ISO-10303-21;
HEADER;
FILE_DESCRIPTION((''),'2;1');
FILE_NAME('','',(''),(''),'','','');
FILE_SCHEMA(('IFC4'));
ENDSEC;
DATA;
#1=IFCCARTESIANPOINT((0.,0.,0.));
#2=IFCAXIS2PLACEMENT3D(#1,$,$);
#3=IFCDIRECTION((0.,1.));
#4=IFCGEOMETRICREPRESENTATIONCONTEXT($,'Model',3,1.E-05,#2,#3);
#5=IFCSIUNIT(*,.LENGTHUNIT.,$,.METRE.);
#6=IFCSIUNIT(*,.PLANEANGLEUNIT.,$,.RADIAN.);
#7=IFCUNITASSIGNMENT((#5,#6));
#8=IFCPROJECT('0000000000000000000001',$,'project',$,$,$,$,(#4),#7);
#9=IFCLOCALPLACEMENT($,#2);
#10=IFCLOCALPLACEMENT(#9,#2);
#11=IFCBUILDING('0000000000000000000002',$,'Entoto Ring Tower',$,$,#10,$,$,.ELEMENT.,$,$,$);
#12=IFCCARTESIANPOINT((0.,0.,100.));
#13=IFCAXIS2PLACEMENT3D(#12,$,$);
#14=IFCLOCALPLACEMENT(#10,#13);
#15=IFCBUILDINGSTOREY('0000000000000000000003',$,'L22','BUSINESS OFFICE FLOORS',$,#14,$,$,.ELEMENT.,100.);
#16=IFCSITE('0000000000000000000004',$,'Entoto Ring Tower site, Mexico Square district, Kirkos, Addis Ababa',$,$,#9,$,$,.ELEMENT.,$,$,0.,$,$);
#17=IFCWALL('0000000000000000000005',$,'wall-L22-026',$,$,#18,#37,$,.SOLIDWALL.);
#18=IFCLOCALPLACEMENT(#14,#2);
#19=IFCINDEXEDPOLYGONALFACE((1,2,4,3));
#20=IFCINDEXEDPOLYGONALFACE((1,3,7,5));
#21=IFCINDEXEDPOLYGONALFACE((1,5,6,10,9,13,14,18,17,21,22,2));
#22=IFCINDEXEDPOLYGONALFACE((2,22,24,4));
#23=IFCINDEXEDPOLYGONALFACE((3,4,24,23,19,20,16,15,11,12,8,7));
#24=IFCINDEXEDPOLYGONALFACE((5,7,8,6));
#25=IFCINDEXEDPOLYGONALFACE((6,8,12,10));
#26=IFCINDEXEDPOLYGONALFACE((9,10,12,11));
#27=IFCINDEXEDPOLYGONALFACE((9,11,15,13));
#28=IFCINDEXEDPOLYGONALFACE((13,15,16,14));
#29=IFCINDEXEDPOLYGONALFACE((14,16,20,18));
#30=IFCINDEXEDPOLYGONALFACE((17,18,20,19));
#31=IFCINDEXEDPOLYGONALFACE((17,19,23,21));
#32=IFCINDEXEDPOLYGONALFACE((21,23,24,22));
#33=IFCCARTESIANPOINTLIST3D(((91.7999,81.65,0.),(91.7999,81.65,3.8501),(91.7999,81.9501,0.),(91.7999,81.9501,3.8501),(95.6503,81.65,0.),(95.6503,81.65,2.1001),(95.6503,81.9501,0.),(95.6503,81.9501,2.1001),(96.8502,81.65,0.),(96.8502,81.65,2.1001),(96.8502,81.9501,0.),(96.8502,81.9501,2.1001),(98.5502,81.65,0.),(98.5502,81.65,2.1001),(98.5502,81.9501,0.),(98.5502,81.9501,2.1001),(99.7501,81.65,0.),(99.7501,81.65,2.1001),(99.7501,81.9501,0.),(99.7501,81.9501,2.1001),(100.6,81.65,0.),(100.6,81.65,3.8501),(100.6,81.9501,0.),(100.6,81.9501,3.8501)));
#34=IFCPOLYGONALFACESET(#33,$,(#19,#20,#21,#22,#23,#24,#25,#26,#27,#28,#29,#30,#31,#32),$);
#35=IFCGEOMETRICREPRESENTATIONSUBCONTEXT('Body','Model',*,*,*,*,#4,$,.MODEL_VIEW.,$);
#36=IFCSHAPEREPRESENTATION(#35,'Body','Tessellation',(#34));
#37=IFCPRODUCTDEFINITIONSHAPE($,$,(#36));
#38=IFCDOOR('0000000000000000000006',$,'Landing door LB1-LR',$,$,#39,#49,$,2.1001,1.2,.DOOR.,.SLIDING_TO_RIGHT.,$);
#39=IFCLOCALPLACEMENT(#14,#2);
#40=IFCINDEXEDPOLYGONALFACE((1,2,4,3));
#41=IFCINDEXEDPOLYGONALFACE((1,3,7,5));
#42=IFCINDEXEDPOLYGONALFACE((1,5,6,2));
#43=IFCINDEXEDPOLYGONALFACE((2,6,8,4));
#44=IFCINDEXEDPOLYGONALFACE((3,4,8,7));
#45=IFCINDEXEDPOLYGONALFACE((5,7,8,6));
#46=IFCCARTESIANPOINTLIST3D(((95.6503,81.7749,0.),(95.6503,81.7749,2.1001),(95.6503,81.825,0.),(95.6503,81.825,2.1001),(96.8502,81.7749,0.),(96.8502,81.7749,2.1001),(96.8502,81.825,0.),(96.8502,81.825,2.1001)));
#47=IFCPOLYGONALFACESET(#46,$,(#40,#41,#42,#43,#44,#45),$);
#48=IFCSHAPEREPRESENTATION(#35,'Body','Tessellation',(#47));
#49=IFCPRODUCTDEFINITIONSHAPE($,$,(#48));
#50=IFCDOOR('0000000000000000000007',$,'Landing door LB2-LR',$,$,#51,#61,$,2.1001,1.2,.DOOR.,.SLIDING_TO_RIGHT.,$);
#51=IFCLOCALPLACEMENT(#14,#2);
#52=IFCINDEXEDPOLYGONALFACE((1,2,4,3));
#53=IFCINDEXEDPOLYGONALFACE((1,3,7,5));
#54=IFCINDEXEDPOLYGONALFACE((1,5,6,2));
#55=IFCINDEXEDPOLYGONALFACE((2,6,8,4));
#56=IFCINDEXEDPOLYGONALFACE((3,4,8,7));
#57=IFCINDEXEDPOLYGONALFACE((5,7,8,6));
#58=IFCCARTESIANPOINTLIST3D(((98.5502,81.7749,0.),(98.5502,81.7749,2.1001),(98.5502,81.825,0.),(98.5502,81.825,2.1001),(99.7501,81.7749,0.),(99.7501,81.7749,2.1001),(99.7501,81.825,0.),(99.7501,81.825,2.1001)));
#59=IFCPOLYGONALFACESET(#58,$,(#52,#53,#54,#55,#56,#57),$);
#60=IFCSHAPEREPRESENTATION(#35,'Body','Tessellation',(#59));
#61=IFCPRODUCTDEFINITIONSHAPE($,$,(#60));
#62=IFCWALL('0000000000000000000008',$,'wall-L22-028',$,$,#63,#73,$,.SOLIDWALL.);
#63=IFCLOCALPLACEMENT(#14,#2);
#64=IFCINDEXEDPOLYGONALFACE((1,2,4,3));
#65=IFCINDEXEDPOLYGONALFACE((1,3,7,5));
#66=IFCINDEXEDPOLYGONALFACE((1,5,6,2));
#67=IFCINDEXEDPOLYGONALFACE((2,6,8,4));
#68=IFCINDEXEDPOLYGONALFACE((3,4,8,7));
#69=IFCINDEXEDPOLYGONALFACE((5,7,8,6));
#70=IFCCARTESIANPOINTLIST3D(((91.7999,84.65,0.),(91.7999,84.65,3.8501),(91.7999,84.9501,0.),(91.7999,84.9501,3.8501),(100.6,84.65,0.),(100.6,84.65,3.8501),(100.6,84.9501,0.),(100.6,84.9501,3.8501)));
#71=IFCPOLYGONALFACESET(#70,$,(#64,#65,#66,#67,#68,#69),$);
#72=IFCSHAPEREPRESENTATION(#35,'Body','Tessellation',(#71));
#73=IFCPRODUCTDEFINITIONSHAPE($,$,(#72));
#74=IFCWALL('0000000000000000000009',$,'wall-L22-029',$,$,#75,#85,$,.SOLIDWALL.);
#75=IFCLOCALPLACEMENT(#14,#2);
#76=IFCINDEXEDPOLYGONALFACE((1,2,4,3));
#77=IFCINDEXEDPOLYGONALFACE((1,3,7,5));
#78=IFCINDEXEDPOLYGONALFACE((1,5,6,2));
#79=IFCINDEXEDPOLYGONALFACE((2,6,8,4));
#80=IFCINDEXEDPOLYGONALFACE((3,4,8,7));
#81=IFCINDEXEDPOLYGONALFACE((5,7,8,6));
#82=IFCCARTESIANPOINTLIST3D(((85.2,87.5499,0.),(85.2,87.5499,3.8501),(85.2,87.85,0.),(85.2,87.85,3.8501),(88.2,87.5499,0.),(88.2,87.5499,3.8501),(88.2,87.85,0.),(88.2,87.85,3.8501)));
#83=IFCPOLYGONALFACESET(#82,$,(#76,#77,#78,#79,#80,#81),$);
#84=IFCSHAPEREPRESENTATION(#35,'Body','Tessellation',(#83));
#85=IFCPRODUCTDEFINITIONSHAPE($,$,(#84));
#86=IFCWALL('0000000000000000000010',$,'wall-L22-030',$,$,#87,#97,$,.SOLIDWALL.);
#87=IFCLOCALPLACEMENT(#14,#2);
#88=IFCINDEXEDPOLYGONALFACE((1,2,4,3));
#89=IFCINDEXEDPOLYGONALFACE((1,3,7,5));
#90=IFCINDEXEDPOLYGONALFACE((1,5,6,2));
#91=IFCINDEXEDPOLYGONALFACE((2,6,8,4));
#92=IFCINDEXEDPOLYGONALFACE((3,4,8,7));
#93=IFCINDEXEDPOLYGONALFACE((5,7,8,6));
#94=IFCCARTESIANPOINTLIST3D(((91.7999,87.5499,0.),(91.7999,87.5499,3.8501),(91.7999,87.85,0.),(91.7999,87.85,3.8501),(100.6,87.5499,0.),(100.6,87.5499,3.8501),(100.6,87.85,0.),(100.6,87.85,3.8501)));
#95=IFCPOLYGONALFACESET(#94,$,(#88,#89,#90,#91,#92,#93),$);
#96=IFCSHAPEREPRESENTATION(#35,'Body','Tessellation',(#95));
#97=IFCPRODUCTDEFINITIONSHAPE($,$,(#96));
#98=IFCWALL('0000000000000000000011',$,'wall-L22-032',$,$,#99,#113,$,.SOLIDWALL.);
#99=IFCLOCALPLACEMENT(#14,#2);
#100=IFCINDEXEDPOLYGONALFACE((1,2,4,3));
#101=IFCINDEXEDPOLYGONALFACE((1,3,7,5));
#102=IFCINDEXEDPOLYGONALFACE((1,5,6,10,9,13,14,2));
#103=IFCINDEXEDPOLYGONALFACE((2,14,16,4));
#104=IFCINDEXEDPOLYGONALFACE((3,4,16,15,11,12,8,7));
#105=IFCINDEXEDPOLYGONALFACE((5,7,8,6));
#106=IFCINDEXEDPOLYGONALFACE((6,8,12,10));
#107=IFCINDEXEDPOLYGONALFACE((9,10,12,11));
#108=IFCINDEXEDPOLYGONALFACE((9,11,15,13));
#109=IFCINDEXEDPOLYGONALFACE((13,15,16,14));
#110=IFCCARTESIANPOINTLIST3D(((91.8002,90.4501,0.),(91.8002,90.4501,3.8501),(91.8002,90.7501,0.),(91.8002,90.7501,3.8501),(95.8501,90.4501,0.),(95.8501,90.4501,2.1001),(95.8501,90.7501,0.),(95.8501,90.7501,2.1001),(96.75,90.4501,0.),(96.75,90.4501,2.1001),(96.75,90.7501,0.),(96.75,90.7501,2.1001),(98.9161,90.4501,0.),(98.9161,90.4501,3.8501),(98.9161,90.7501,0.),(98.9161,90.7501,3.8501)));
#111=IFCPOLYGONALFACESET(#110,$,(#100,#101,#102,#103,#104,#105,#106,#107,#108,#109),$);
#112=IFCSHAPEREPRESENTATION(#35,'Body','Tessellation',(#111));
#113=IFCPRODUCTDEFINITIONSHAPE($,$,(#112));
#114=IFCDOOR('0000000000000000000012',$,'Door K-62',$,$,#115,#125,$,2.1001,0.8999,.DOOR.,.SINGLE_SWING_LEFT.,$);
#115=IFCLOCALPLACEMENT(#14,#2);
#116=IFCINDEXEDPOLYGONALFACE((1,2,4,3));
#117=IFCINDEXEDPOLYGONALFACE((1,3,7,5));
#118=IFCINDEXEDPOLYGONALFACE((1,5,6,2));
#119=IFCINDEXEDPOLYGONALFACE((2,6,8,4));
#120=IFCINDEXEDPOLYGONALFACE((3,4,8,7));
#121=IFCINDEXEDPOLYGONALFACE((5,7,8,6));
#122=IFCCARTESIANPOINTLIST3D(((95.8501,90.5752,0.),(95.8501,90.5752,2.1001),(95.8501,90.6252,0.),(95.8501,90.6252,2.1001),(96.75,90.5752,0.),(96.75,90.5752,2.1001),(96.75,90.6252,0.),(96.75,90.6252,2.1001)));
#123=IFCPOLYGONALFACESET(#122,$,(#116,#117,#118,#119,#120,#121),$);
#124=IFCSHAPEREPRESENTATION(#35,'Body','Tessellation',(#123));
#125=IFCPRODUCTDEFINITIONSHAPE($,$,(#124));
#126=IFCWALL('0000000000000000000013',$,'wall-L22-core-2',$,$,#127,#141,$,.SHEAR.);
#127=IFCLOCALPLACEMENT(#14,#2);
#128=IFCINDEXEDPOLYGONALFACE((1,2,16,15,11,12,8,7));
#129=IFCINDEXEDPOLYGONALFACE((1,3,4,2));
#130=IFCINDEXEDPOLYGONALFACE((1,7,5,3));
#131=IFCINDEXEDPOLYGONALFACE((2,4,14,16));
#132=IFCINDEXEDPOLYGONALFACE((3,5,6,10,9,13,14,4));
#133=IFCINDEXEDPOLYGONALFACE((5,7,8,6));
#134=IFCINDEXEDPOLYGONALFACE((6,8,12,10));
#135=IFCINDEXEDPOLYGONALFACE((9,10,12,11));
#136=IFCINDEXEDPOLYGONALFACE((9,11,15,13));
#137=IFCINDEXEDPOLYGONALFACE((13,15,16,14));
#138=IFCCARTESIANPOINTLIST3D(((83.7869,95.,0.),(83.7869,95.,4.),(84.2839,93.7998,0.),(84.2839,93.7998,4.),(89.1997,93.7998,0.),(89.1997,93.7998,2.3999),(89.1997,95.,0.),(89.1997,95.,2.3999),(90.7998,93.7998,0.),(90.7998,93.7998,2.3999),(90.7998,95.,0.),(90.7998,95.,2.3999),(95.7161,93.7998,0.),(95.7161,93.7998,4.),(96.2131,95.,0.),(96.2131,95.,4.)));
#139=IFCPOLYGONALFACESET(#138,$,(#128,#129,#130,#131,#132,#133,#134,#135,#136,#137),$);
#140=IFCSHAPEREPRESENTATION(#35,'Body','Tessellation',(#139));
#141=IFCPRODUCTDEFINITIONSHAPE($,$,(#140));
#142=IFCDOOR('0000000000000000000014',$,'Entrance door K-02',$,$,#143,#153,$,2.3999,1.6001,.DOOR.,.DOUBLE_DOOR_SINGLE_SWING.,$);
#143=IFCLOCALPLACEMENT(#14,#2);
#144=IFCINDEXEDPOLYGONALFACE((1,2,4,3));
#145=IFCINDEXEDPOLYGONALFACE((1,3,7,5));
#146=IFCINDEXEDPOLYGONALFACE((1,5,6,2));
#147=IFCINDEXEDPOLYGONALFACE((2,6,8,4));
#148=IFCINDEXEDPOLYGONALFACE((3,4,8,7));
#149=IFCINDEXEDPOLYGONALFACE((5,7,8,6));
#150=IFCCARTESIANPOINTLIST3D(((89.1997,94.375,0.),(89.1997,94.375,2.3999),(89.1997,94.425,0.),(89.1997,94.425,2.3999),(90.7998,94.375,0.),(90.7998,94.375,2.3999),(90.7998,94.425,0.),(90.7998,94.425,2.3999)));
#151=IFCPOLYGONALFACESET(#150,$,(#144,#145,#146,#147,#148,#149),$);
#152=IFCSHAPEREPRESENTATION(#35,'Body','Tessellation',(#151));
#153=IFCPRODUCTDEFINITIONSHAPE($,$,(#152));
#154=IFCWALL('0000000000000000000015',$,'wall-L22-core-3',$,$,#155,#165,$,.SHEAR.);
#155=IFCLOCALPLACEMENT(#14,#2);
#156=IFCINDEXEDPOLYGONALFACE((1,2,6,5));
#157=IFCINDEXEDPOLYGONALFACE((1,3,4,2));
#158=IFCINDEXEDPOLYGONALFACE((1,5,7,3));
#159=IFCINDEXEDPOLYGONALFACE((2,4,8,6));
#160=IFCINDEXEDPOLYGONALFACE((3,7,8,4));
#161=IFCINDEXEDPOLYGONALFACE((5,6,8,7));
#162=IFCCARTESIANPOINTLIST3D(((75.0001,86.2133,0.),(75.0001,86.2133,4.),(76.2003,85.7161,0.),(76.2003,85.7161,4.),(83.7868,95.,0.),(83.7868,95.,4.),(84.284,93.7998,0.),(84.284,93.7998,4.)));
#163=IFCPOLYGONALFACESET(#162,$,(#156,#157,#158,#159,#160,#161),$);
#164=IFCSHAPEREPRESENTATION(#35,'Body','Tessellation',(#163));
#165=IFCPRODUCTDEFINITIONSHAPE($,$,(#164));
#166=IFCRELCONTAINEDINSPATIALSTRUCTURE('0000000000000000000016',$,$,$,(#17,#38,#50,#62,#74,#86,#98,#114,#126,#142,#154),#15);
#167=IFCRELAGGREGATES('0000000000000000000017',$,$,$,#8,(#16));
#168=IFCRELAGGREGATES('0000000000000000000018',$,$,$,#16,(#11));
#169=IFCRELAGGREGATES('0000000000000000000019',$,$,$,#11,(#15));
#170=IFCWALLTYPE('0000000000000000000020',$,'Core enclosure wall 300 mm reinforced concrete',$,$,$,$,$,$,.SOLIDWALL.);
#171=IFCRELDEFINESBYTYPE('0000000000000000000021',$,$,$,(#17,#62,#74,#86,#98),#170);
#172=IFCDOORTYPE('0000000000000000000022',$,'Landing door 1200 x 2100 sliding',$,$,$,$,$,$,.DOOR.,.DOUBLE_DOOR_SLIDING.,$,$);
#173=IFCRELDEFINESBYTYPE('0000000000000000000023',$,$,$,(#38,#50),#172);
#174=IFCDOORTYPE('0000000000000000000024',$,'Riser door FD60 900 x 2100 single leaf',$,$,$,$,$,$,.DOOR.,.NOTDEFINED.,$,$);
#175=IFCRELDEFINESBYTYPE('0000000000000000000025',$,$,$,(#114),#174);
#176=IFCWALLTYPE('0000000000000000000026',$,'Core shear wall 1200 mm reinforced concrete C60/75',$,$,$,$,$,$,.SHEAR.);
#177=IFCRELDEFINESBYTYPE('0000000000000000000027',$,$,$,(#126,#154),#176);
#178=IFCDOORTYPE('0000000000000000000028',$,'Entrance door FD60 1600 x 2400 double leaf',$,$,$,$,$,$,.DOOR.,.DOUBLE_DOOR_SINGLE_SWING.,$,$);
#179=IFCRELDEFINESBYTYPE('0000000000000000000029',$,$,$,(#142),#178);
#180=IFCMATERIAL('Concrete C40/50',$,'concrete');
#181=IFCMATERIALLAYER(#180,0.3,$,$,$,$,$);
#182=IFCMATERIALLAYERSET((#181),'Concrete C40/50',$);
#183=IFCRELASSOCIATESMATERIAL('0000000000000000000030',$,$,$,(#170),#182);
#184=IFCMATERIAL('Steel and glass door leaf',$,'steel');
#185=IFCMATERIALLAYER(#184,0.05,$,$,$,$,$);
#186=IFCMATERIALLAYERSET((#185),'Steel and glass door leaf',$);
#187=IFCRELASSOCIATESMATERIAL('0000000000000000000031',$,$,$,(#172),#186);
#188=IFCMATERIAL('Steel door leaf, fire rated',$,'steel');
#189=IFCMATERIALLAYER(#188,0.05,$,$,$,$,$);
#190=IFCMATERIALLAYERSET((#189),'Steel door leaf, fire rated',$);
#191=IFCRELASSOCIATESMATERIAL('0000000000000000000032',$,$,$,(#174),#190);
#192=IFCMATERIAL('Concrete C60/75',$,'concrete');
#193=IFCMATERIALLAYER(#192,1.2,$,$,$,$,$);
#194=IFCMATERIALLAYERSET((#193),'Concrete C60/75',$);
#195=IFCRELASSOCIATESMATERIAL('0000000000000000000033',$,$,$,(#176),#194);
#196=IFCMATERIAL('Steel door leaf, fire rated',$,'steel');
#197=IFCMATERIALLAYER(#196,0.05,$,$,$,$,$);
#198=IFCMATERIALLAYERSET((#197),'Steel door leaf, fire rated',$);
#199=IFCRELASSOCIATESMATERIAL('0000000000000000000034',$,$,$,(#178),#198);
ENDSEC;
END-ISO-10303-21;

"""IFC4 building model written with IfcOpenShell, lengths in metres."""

from ifc_helpers import new_model, si_unit, direction, frame, frame_2d, origin, place, context, subcontext, project, spatial, polyline, rectangle, outline, extrude, material, layer, layer_set, type_object, element, fill, save


model = new_model("IFC4")

# Units and contexts
model_context = context("Model", 3, precision=1e-05, world=origin(), true_north=direction((0.0, 1.0)))
body_context = subcontext(model_context, "Body", "Model", "MODEL_VIEW")
ifc_project = project(units=[si_unit("LENGTHUNIT", "METRE"), si_unit("PLANEANGLEUNIT", "RADIAN")], contexts=[model_context])

# Site, building, storey
site_placement = place(None, origin())
site = spatial("IfcSite", under=ifc_project, at=site_placement, Name="Entoto Ring Tower site, Mexico Square district, Kirkos, Addis Ababa", CompositionType="ELEMENT", RefElevation=0.0)
building_placement = place(site_placement, origin())
building = spatial("IfcBuilding", under=site, at=building_placement, Name="Entoto Ring Tower", CompositionType="ELEMENT")
storey_placement = place(building_placement, frame((0.0, 0.0, 100.0)))
storey = spatial("IfcBuildingStorey", under=building, at=storey_placement, Name="L22", Description="BUSINESS OFFICE FLOORS", CompositionType="ELEMENT", Elevation=100.0)

# Shared definitions
ifc_material_1 = material(Name="Concrete C40/50", Category="concrete")
ifc_layer_1 = layer(ifc_material_1, 0.3)
ifc_layer_set_1 = layer_set([ifc_layer_1], Name="Concrete C40/50")
wall_type_1 = type_object("IfcWallType", Name="Core enclosure wall 300 mm reinforced concrete", PredefinedType="SOLIDWALL", material=ifc_layer_set_1)

# Wall, openings, doors
ifc_material_2 = material(Name="Steel and glass door leaf", Category="steel")
ifc_layer_2 = layer(ifc_material_2, 0.05)
ifc_layer_set_2 = layer_set([ifc_layer_2], Name="Steel and glass door leaf")
door_type_1 = type_object("IfcDoorType", Name="Landing door 1200 x 2100 sliding", OperationType="DOUBLE_DOOR_SLIDING", PredefinedType="DOOR", material=ifc_layer_set_2)
wall_1_placement = place(storey_placement, frame((91.8, 81.8, 0.0), z_axis=(0.0, 0.0, 1.0), x_axis=(1.0, 0.0, 0.0)))
wall_1 = element("IfcWall", 1, at=wall_1_placement, inside=storey, type_object=wall_type_1, Name="wall-L22-026", PredefinedType="SOLIDWALL", context=body_context, shape_type="SweptSolid", body=[
    extrude(rectangle(XDim=8.8, YDim=0.3, at=frame_2d((4.3999, 0.0))), origin(), (0.0, 0.0, 1.0), 3.8501),
])
opening_1_placement = place(wall_1_placement, frame((3.8501, 0.0, 0.0)))
opening_1 = element("IfcOpeningElement", 2, at=opening_1_placement, cuts=wall_1, PredefinedType="OPENING", context=body_context, shape_type="SweptSolid", body=[
    extrude(rectangle(XDim=1.2, YDim=2.1001, at=frame_2d((0.6001, 1.05))), frame((0.0, 0.1602, 0.0), z_axis=(0.0, -1.0, 0.0), x_axis=(1.0, 0.0, 0.0)), (0.0, 0.0, 1.0), 0.3201),
])
opening_2_placement = place(wall_1_placement, frame((6.75, 0.0, 0.0)))
opening_2 = element("IfcOpeningElement", 3, at=opening_2_placement, cuts=wall_1, PredefinedType="OPENING", context=body_context, shape_type="SweptSolid", body=[
    extrude(rectangle(XDim=1.2, YDim=2.1001, at=frame_2d((0.6001, 1.05))), frame((0.0, 0.1602, 0.0), z_axis=(0.0, -1.0, 0.0), x_axis=(1.0, 0.0, 0.0)), (0.0, 0.0, 1.0), 0.3201),
])
door_1_placement = place(opening_1_placement, origin())
door_1 = element("IfcDoor", 4, at=door_1_placement, inside=storey, type_object=door_type_1, Name="Landing door LB1-LR", OperationType="SLIDING_TO_RIGHT", OverallHeight=2.1001, OverallWidth=1.2, PredefinedType="DOOR", context=body_context, shape_type="SweptSolid", body=[
    extrude(rectangle(XDim=1.2, YDim=2.1001, at=frame_2d((0.6001, 1.05))), frame((0.0, 0.0249, 0.0), z_axis=(0.0, -1.0, 0.0), x_axis=(1.0, 0.0, 0.0)), (0.0, 0.0, 1.0), 0.05),
])
fill(opening_1, door_1)
door_2_placement = place(opening_2_placement, origin())
door_2 = element("IfcDoor", 5, at=door_2_placement, inside=storey, type_object=door_type_1, Name="Landing door LB2-LR", OperationType="SLIDING_TO_RIGHT", OverallHeight=2.1001, OverallWidth=1.2, PredefinedType="DOOR", context=body_context, shape_type="SweptSolid", body=[
    extrude(rectangle(XDim=1.2, YDim=2.1001, at=frame_2d((0.6001, 1.05))), frame((0.0, 0.0249, 0.0), z_axis=(0.0, -1.0, 0.0), x_axis=(1.0, 0.0, 0.0)), (0.0, 0.0, 1.0), 0.05),
])
fill(opening_2, door_2)

# Walls
wall_2_placement = place(storey_placement, frame((91.8, 84.8, 0.0), z_axis=(0.0, 0.0, 1.0), x_axis=(1.0, 0.0, 0.0)))
element("IfcWall", 6, at=wall_2_placement, inside=storey, type_object=wall_type_1, Name="wall-L22-028", PredefinedType="SOLIDWALL", context=body_context, shape_type="SweptSolid", body=[
    extrude(rectangle(XDim=8.8, YDim=0.3, at=frame_2d((4.3999, 0.0))), origin(), (0.0, 0.0, 1.0), 3.8501),
])
wall_3_placement = place(storey_placement, frame((85.2, 87.7, 0.0), z_axis=(0.0, 0.0, 1.0), x_axis=(1.0, 0.0, 0.0)))
element("IfcWall", 7, at=wall_3_placement, inside=storey, type_object=wall_type_1, Name="wall-L22-029", PredefinedType="SOLIDWALL", context=body_context, shape_type="SweptSolid", body=[
    extrude(rectangle(XDim=3.0, YDim=0.3, at=frame_2d((1.5, 0.0))), origin(), (0.0, 0.0, 1.0), 3.8501),
])
wall_4_placement = place(storey_placement, frame((91.8, 87.7, 0.0), z_axis=(0.0, 0.0, 1.0), x_axis=(1.0, 0.0, 0.0)))
element("IfcWall", 8, at=wall_4_placement, inside=storey, type_object=wall_type_1, Name="wall-L22-030", PredefinedType="SOLIDWALL", context=body_context, shape_type="SweptSolid", body=[
    extrude(rectangle(XDim=8.8, YDim=0.3, at=frame_2d((4.3999, 0.0))), origin(), (0.0, 0.0, 1.0), 3.8501),
])

# Walls, openings, doors
wall_5_placement = place(storey_placement, frame((91.8, 90.6001, 0.0), z_axis=(0.0, 0.0, 1.0), x_axis=(1.0, 0.0, 0.0)))
wall_5 = element("IfcWall", 9, at=wall_5_placement, inside=storey, type_object=wall_type_1, Name="wall-L22-032", PredefinedType="SOLIDWALL", context=body_context, shape_type="SweptSolid", body=[
    extrude(rectangle(XDim=7.116, YDim=0.3, at=frame_2d((3.5581, 0.0))), origin(), (0.0, 0.0, 1.0), 3.8501),
])
opening_3_placement = place(wall_5_placement, frame((4.05, 0.0, 0.0)))
opening_3 = element("IfcOpeningElement", 10, at=opening_3_placement, cuts=wall_5, PredefinedType="OPENING", context=body_context, shape_type="SweptSolid", body=[
    extrude(rectangle(XDim=0.8999, YDim=2.1001, at=frame_2d((0.45, 1.05))), frame((0.0, 0.1602, 0.0), z_axis=(0.0, -1.0, 0.0), x_axis=(1.0, 0.0, 0.0)), (0.0, 0.0, 1.0), 0.3201),
])
ifc_material_3 = material(Name="Steel door leaf, fire rated", Category="steel")
ifc_layer_3 = layer(ifc_material_3, 0.05)
ifc_layer_set_3 = layer_set([ifc_layer_3], Name="Steel door leaf, fire rated")
door_type_2 = type_object("IfcDoorType", Name="Riser door FD60 900 x 2100 single leaf", OperationType="NOTDEFINED", PredefinedType="DOOR", material=ifc_layer_set_3)
door_3_placement = place(opening_3_placement, frame((0.8999, 0.0, 0.0), z_axis=(0.0, 0.0, 1.0), x_axis=(-1.0, 0.0, 0.0)))
door_3 = element("IfcDoor", 11, at=door_3_placement, inside=storey, type_object=door_type_2, Name="Door K-62", OperationType="SINGLE_SWING_LEFT", OverallHeight=2.1001, OverallWidth=0.8999, PredefinedType="DOOR", context=body_context, shape_type="SweptSolid", body=[
    extrude(rectangle(XDim=0.8999, YDim=2.1001, at=frame_2d((0.45, 1.05))), frame((0.0, 0.0249, 0.0), z_axis=(0.0, -1.0, 0.0), x_axis=(1.0, 0.0, 0.0)), (0.0, 0.0, 1.0), 0.05),
])
fill(opening_3, door_3)
ifc_material_4 = material(Name="Concrete C60/75", Category="concrete")
ifc_layer_4 = layer(ifc_material_4, 1.2)
ifc_layer_set_4 = layer_set([ifc_layer_4], Name="Concrete C60/75")
wall_type_2 = type_object("IfcWallType", Name="Core shear wall 1200 mm reinforced concrete C60/75", PredefinedType="SHEAR", material=ifc_layer_set_4)
wall_6_placement = place(storey_placement, frame((95.9646, 94.3999, 0.0), z_axis=(0.0, 0.0, 1.0), x_axis=(-1.0, 0.0, 0.0)))
wall_6 = element("IfcWall", 12, at=wall_6_placement, inside=storey, type_object=wall_type_2, Name="wall-L22-core-2", PredefinedType="SHEAR", context=body_context, shape_type="SweptSolid", body=[
    extrude(outline(polyline([(-0.2485, -0.6001), (12.1777, -0.6001), (11.6807, 0.6001), (0.2485, 0.6001), (-0.2485, -0.6001)])), origin(), (0.0, 0.0, 1.0), 4.0),
])
opening_4_placement = place(wall_6_placement, frame((5.1648, 0.0, 0.0)))
opening_4 = element("IfcOpeningElement", 13, at=opening_4_placement, cuts=wall_6, PredefinedType="OPENING", context=body_context, shape_type="SweptSolid", body=[
    extrude(rectangle(XDim=1.6001, YDim=2.3999, at=frame_2d((0.8, 1.2))), frame((0.0, 0.6099, 0.0), z_axis=(0.0, -1.0, 0.0), x_axis=(1.0, 0.0, 0.0)), (0.0, 0.0, 1.0), 1.22),
])
ifc_material_5 = material(Name="Steel door leaf, fire rated", Category="steel")
ifc_layer_5 = layer(ifc_material_5, 0.05)
ifc_layer_set_5 = layer_set([ifc_layer_5], Name="Steel door leaf, fire rated")
door_type_3 = type_object("IfcDoorType", Name="Entrance door FD60 1600 x 2400 double leaf", OperationType="DOUBLE_DOOR_SINGLE_SWING", PredefinedType="DOOR", material=ifc_layer_set_5)
door_4_placement = place(opening_4_placement, origin())
door_4 = element("IfcDoor", 14, at=door_4_placement, inside=storey, type_object=door_type_3, Name="Entrance door K-02", OperationType="DOUBLE_DOOR_SINGLE_SWING", OverallHeight=2.3999, OverallWidth=1.6001, PredefinedType="DOOR", context=body_context, shape_type="SweptSolid", body=[
    extrude(rectangle(XDim=1.6001, YDim=2.3999, at=frame_2d((0.8, 1.2))), frame((0.0, 0.0249, 0.0), z_axis=(0.0, -1.0, 0.0), x_axis=(1.0, 0.0, 0.0)), (0.0, 0.0, 1.0), 0.05),
])
fill(opening_4, door_4)

# Wall
wall_7_placement = place(storey_placement, frame((84.0354, 94.3999, 0.0), z_axis=(0.0, 0.0, 1.0), x_axis=(-0.707107, -0.707107, 0.0)))
element("IfcWall", 15, at=wall_7_placement, inside=storey, type_object=wall_type_2, Name="wall-L22-core-3", PredefinedType="SHEAR", context=body_context, shape_type="SweptSolid", body=[
    extrude(outline(polyline([(-0.2485, -0.6001), (12.1777, -0.6001), (11.6807, 0.6001), (0.2485, 0.6001), (-0.2485, -0.6001)])), origin(), (0.0, 0.0, 1.0), 4.0),
])

save(model, "model.ifc")
